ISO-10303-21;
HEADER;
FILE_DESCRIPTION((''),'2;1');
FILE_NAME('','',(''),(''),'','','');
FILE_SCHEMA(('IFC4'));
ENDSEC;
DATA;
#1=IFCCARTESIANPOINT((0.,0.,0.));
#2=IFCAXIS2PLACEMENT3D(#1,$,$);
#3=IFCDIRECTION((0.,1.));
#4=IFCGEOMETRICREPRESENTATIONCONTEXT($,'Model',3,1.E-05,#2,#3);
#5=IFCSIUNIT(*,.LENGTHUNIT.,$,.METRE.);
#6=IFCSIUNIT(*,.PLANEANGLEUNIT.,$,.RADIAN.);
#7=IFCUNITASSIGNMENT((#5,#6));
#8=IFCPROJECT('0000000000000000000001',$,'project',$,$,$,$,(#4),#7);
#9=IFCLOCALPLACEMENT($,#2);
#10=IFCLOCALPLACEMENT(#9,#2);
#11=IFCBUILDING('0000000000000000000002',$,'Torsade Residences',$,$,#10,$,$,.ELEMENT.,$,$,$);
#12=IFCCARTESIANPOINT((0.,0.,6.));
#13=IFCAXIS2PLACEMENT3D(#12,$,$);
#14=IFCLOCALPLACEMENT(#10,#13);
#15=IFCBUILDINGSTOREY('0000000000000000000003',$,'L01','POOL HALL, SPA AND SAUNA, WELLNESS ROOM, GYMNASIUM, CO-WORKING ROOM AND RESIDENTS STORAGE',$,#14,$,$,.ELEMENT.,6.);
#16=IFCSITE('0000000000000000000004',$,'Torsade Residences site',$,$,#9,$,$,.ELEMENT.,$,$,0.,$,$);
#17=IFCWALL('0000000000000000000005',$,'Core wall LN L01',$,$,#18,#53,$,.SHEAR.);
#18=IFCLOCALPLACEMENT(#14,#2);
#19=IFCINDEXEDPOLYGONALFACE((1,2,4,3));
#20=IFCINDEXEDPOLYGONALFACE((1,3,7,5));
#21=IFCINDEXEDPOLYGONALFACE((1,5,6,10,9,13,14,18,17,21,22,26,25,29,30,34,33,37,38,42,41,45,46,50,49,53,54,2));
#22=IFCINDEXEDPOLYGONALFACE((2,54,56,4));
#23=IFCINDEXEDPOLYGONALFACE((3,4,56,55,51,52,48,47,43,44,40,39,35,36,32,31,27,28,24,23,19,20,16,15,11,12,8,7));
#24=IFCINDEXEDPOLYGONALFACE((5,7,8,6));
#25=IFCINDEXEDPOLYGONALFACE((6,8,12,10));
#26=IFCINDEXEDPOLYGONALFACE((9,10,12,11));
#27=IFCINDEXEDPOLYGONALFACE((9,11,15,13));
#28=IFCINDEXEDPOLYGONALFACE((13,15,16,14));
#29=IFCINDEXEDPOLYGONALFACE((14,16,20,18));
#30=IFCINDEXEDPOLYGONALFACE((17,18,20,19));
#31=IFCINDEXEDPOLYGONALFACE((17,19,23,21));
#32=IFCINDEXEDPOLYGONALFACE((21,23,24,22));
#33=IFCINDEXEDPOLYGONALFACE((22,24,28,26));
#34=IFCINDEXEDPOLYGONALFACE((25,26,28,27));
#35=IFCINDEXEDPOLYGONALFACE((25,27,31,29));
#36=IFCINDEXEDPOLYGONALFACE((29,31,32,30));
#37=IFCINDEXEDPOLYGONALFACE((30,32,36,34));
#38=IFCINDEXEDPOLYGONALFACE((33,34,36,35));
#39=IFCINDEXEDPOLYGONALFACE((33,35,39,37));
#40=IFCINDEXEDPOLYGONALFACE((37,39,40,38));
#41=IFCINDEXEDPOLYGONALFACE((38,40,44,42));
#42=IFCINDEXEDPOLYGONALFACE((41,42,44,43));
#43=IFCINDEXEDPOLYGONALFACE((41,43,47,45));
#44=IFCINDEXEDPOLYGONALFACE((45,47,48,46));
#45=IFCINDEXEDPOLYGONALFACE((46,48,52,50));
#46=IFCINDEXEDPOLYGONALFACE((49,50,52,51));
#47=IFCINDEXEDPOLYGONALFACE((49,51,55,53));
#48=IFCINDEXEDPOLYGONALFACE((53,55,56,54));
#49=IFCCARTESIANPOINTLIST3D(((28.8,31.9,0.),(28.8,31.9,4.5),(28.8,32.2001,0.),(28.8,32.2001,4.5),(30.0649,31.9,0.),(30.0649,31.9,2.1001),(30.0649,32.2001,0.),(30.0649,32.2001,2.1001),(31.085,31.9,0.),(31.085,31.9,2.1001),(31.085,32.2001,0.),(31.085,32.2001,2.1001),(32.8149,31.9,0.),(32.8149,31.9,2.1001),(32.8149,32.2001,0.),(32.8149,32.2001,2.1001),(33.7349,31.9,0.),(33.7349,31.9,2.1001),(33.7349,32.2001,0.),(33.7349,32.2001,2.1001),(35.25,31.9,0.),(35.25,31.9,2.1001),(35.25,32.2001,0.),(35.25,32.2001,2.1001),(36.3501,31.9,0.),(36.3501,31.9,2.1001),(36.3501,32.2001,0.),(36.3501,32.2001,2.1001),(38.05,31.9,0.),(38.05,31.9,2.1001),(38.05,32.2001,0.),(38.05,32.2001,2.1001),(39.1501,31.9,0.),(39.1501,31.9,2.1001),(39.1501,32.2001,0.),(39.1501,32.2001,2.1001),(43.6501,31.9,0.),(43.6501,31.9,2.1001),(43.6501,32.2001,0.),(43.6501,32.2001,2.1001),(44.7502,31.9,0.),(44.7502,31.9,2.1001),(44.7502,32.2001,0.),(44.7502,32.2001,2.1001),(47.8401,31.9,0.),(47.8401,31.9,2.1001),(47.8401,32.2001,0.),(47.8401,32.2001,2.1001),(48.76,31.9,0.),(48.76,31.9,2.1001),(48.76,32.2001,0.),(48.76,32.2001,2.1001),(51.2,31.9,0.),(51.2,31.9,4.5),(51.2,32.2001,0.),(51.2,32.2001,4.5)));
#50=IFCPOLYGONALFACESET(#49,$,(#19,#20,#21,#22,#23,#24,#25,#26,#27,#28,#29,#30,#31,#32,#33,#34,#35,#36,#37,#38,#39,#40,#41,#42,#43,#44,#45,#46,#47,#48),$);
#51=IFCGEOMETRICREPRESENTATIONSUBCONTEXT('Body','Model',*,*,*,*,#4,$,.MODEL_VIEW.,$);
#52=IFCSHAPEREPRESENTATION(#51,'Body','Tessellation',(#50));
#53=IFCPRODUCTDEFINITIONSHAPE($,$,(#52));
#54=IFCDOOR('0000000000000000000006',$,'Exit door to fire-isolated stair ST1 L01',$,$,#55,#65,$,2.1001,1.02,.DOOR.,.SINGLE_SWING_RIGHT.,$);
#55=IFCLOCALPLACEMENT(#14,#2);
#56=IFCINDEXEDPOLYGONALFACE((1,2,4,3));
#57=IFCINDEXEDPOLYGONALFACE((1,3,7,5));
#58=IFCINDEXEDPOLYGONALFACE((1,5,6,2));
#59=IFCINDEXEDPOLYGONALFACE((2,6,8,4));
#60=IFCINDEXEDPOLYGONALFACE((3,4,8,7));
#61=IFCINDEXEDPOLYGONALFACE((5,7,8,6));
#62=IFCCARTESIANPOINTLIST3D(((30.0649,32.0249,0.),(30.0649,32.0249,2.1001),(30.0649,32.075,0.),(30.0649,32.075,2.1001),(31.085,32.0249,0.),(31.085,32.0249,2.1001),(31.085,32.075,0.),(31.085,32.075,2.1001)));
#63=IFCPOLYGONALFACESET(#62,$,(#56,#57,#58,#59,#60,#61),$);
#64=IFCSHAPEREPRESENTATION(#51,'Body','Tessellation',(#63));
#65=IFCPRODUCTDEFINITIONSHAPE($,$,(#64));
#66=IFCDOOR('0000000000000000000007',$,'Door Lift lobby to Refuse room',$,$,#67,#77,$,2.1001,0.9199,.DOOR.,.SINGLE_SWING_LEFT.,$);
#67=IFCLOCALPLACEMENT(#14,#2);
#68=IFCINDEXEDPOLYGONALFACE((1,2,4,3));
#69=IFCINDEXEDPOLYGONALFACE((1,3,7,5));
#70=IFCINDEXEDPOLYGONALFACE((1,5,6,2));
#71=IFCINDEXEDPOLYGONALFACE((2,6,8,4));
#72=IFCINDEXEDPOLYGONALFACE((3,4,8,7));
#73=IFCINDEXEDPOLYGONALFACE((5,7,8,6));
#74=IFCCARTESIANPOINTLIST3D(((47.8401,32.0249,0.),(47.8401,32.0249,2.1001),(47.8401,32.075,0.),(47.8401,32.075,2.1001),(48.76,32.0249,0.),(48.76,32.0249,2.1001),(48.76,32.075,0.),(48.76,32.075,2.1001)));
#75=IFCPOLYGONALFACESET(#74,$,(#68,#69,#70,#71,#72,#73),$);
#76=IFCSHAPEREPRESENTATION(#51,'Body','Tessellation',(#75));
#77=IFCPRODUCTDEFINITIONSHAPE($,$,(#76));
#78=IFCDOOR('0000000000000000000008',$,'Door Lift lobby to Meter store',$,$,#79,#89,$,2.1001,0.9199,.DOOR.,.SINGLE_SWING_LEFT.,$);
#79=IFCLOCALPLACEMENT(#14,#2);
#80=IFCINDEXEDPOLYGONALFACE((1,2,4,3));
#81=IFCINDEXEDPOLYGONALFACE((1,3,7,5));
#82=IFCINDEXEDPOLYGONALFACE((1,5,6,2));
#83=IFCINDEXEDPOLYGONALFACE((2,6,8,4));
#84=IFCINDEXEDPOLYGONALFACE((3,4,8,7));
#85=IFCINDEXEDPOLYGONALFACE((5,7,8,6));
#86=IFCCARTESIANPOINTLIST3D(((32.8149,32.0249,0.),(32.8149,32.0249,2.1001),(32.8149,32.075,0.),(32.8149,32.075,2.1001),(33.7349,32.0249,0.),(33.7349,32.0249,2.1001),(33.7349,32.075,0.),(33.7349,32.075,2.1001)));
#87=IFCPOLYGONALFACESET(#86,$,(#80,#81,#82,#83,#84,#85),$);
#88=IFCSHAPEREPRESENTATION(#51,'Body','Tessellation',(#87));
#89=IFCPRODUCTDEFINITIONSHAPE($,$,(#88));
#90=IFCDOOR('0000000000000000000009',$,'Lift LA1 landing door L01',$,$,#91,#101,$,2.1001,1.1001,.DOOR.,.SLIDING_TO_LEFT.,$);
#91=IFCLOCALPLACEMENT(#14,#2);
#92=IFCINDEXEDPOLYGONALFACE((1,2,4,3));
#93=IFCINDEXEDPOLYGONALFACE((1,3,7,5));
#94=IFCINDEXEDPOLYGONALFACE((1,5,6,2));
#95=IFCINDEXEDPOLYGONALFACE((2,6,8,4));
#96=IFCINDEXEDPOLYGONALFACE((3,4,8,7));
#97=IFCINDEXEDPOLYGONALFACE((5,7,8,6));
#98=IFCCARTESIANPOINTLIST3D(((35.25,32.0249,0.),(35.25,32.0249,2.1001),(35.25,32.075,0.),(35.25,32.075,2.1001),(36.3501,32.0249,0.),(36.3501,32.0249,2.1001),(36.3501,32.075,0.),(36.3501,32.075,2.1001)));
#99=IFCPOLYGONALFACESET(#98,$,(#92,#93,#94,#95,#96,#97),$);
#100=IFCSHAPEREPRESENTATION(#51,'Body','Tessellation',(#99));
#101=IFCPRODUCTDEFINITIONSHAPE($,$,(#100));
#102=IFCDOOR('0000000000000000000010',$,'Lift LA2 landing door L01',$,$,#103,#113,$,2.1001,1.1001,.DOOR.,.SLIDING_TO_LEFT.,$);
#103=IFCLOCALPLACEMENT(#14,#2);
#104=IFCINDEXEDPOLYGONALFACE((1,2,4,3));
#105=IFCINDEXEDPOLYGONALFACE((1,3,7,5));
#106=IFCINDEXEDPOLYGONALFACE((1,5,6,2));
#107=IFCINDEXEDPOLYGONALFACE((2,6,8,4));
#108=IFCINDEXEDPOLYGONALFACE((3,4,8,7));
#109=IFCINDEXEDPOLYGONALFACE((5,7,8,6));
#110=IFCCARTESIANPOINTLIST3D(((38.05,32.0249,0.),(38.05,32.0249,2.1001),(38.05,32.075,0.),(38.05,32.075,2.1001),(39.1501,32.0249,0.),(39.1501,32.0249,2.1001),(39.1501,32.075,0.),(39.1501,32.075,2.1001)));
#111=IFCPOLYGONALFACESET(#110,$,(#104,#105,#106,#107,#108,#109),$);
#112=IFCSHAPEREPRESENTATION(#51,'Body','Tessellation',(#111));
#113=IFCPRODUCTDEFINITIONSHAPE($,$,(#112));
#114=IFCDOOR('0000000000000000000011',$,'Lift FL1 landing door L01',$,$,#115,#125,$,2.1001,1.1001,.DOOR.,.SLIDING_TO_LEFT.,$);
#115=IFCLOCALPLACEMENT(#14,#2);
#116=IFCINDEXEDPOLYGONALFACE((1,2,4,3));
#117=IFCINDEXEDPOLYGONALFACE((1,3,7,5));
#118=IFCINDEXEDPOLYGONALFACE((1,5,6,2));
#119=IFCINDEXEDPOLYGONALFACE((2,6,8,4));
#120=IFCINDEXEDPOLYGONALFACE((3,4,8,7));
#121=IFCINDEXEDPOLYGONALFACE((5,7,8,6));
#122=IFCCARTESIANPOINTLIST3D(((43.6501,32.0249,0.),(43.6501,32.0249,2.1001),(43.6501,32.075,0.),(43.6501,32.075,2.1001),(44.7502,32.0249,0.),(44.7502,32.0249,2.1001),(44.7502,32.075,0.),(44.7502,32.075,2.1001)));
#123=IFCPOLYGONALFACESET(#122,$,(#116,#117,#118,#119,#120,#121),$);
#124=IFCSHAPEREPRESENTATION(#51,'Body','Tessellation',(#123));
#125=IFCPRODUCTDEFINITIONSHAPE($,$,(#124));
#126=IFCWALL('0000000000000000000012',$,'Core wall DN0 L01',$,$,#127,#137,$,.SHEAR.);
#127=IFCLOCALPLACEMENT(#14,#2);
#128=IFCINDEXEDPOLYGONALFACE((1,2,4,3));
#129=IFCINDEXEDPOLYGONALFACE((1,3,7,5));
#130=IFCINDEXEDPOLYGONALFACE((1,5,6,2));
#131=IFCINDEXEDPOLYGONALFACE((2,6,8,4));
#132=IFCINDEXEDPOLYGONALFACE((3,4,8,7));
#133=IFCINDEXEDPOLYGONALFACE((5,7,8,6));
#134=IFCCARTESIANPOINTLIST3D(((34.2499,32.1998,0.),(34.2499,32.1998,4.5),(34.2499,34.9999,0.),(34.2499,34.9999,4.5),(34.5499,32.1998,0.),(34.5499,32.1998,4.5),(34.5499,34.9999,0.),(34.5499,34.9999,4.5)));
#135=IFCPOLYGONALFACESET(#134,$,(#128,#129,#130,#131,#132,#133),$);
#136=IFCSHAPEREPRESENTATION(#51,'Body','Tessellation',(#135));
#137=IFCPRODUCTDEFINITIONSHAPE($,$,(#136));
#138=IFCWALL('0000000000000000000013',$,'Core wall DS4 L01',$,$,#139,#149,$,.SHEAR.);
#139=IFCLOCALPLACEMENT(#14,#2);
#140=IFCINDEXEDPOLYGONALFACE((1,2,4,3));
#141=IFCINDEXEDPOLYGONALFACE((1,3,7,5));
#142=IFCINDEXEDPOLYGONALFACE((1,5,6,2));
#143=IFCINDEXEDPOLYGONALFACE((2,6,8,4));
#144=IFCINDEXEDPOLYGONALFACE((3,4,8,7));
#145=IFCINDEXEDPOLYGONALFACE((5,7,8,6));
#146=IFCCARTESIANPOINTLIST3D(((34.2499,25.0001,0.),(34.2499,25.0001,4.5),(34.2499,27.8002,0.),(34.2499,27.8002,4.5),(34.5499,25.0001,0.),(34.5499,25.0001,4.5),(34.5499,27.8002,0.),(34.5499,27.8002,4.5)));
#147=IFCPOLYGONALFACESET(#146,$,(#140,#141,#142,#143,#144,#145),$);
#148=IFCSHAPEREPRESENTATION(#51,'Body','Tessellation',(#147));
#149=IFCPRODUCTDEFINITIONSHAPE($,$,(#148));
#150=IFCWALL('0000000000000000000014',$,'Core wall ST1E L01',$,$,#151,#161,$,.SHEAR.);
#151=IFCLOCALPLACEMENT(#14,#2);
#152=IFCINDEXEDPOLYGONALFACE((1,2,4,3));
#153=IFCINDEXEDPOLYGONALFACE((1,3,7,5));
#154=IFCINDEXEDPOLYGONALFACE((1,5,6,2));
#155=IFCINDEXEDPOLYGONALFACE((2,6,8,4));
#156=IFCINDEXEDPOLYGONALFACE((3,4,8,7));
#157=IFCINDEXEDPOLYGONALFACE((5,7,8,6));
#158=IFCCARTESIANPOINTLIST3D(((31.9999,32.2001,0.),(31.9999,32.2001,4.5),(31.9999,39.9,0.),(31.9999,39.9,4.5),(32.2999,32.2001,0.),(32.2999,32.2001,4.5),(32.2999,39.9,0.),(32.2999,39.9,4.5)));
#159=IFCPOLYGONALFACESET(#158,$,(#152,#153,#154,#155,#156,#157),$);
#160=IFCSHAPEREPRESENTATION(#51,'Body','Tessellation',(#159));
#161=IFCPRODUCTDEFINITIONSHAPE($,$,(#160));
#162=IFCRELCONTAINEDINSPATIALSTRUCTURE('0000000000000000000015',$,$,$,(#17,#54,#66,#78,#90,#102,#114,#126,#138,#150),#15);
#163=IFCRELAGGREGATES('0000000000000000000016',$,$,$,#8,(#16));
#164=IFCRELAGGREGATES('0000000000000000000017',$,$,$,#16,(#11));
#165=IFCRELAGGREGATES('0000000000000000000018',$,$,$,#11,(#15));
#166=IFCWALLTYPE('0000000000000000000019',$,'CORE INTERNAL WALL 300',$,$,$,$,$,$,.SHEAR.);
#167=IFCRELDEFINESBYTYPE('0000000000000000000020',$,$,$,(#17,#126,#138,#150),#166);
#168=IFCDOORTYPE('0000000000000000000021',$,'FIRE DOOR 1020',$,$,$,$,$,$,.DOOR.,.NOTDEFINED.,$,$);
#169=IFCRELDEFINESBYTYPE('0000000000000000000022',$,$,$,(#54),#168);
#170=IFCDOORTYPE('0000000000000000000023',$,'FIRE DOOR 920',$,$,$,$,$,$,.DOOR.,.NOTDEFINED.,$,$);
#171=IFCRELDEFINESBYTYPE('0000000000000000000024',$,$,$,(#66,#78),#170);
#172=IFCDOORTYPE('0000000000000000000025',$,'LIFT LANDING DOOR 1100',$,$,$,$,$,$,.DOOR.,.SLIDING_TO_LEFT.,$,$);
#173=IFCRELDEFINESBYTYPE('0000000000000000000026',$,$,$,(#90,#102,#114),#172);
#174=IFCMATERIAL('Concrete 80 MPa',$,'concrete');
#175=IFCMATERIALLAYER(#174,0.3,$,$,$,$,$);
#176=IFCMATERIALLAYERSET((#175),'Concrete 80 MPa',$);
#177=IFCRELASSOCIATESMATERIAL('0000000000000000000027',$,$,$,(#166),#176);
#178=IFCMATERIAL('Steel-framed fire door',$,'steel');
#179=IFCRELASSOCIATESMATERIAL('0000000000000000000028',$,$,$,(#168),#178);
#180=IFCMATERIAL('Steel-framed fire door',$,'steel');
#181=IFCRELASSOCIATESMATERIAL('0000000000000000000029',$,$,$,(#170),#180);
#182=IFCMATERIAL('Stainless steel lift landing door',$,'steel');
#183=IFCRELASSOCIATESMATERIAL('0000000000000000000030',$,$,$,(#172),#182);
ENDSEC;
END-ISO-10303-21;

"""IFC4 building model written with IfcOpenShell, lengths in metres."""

from ifc_helpers import new_model, si_unit, direction, frame, frame_2d, origin, place, context, subcontext, project, spatial, rectangle, extrude, material, layer, layer_set, type_object, element, fill, save


model = new_model("IFC4")

# Units and contexts
model_context = context("Model", 3, precision=1e-05, world=origin(), true_north=direction((0.0, 1.0)))
body_context = subcontext(model_context, "Body", "Model", "MODEL_VIEW")
ifc_project = project(units=[si_unit("LENGTHUNIT", "METRE"), si_unit("PLANEANGLEUNIT", "RADIAN")], contexts=[model_context])

# Site, building, storey
site_placement = place(None, origin())
site = spatial("IfcSite", under=ifc_project, at=site_placement, Name="Torsade Residences site", CompositionType="ELEMENT", RefElevation=0.0)
building_placement = place(site_placement, origin())
building = spatial("IfcBuilding", under=site, at=building_placement, Name="Torsade Residences", CompositionType="ELEMENT")
storey_placement = place(building_placement, frame((0.0, 0.0, 6.0)))
storey = spatial("IfcBuildingStorey", under=building, at=storey_placement, Name="L01", Description="POOL HALL, SPA AND SAUNA, WELLNESS ROOM, GYMNASIUM, CO-WORKING ROOM AND RESIDENTS STORAGE", CompositionType="ELEMENT", Elevation=6.0)

# Wall, openings, doors
ifc_material_1 = material(Name="Concrete 80 MPa", Category="concrete")
ifc_layer_1 = layer(ifc_material_1, 0.3)
ifc_layer_set_1 = layer_set([ifc_layer_1], Name="Concrete 80 MPa")
wall_type_1 = type_object("IfcWallType", Name="CORE INTERNAL WALL 300", PredefinedType="SHEAR", material=ifc_layer_set_1)
wall_1_placement = place(storey_placement, frame((28.8, 32.05, 0.0), z_axis=(0.0, 0.0, 1.0), x_axis=(1.0, 0.0, 0.0)))
wall_1 = element("IfcWall", 1, at=wall_1_placement, inside=storey, type_object=wall_type_1, Name="Core wall LN L01", PredefinedType="SHEAR", context=body_context, shape_type="SweptSolid", body=[
    extrude(rectangle(XDim=22.3999, YDim=0.3, at=frame_2d((11.2, 0.0))), origin(), (0.0, 0.0, 1.0), 4.5),
])
opening_1_placement = place(wall_1_placement, frame((19.04, 0.0, 0.0)))
opening_1 = element("IfcOpeningElement", 2, at=opening_1_placement, cuts=wall_1, PredefinedType="OPENING", context=body_context, shape_type="SweptSolid", body=[
    extrude(rectangle(XDim=0.9199, YDim=2.1001, at=frame_2d((0.46, 1.05))), frame((0.0, 0.1599, 0.0), z_axis=(0.0, -1.0, 0.0), x_axis=(1.0, 0.0, 0.0)), (0.0, 0.0, 1.0), 0.3201),
])
opening_2_placement = place(wall_1_placement, frame((1.2649, 0.0, 0.0)))
opening_2 = element("IfcOpeningElement", 3, at=opening_2_placement, cuts=wall_1, PredefinedType="OPENING", context=body_context, shape_type="SweptSolid", body=[
    extrude(rectangle(XDim=1.02, YDim=2.1001, at=frame_2d((0.51, 1.05))), frame((0.0, 0.1599, 0.0), z_axis=(0.0, -1.0, 0.0), x_axis=(1.0, 0.0, 0.0)), (0.0, 0.0, 1.0), 0.3201),
])
opening_3_placement = place(wall_1_placement, frame((4.0149, 0.0, 0.0)))
opening_3 = element("IfcOpeningElement", 4, at=opening_3_placement, cuts=wall_1, PredefinedType="OPENING", context=body_context, shape_type="SweptSolid", body=[
    extrude(rectangle(XDim=0.9199, YDim=2.1001, at=frame_2d((0.46, 1.05))), frame((0.0, 0.1599, 0.0), z_axis=(0.0, -1.0, 0.0), x_axis=(1.0, 0.0, 0.0)), (0.0, 0.0, 1.0), 0.3201),
])
opening_4_placement = place(wall_1_placement, frame((6.45, 0.0, 0.0)))
opening_4 = element("IfcOpeningElement", 5, at=opening_4_placement, cuts=wall_1, PredefinedType="OPENING", context=body_context, shape_type="SweptSolid", body=[
    extrude(rectangle(XDim=1.1001, YDim=2.1001, at=frame_2d((0.55, 1.05))), frame((0.0, 0.1599, 0.0), z_axis=(0.0, -1.0, 0.0), x_axis=(1.0, 0.0, 0.0)), (0.0, 0.0, 1.0), 0.3201),
])
opening_5_placement = place(wall_1_placement, frame((9.25, 0.0, 0.0)))
opening_5 = element("IfcOpeningElement", 6, at=opening_5_placement, cuts=wall_1, PredefinedType="OPENING", context=body_context, shape_type="SweptSolid", body=[
    extrude(rectangle(XDim=1.1001, YDim=2.1001, at=frame_2d((0.55, 1.05))), frame((0.0, 0.1599, 0.0), z_axis=(0.0, -1.0, 0.0), x_axis=(1.0, 0.0, 0.0)), (0.0, 0.0, 1.0), 0.3201),
])
opening_6_placement = place(wall_1_placement, frame((14.8501, 0.0, 0.0)))
opening_6 = element("IfcOpeningElement", 7, at=opening_6_placement, cuts=wall_1, PredefinedType="OPENING", context=body_context, shape_type="SweptSolid", body=[
    extrude(rectangle(XDim=1.1001, YDim=2.1001, at=frame_2d((0.55, 1.05))), frame((0.0, 0.1599, 0.0), z_axis=(0.0, -1.0, 0.0), x_axis=(1.0, 0.0, 0.0)), (0.0, 0.0, 1.0), 0.3201),
])
ifc_material_2 = material(Name="Steel-framed fire door", Category="steel")
door_type_1 = type_object("IfcDoorType", Name="FIRE DOOR 1020", OperationType="NOTDEFINED", PredefinedType="DOOR", material=ifc_material_2)
door_1_placement = place(opening_2_placement, origin())
door_1 = element("IfcDoor", 8, at=door_1_placement, inside=storey, type_object=door_type_1, Name="Exit door to fire-isolated stair ST1 L01", OperationType="SINGLE_SWING_RIGHT", OverallHeight=2.1001, OverallWidth=1.02, PredefinedType="DOOR", context=body_context, shape_type="SweptSolid", body=[
    extrude(rectangle(XDim=1.02, YDim=2.1001, at=frame_2d((0.51, 1.05))), frame((0.0, 0.0249, 0.0), z_axis=(0.0, -1.0, 0.0), x_axis=(1.0, 0.0, 0.0)), (0.0, 0.0, 1.0), 0.05),
])
fill(opening_2, door_1)
ifc_material_3 = material(Name="Steel-framed fire door", Category="steel")
door_type_2 = type_object("IfcDoorType", Name="FIRE DOOR 920", OperationType="NOTDEFINED", PredefinedType="DOOR", material=ifc_material_3)
door_2_placement = place(opening_1_placement, origin())
door_2 = element("IfcDoor", 9, at=door_2_placement, inside=storey, type_object=door_type_2, Name="Door Lift lobby to Refuse room", OperationType="SINGLE_SWING_LEFT", OverallHeight=2.1001, OverallWidth=0.9199, PredefinedType="DOOR", context=body_context, shape_type="SweptSolid", body=[
    extrude(rectangle(XDim=0.9199, YDim=2.1001, at=frame_2d((0.46, 1.05))), frame((0.0, 0.0249, 0.0), z_axis=(0.0, -1.0, 0.0), x_axis=(1.0, 0.0, 0.0)), (0.0, 0.0, 1.0), 0.05),
])
fill(opening_1, door_2)
door_3_placement = place(opening_3_placement, origin())
door_3 = element("IfcDoor", 10, at=door_3_placement, inside=storey, type_object=door_type_2, Name="Door Lift lobby to Meter store", OperationType="SINGLE_SWING_LEFT", OverallHeight=2.1001, OverallWidth=0.9199, PredefinedType="DOOR", context=body_context, shape_type="SweptSolid", body=[
    extrude(rectangle(XDim=0.9199, YDim=2.1001, at=frame_2d((0.46, 1.05))), frame((0.0, 0.0249, 0.0), z_axis=(0.0, -1.0, 0.0), x_axis=(1.0, 0.0, 0.0)), (0.0, 0.0, 1.0), 0.05),
])
fill(opening_3, door_3)
ifc_material_4 = material(Name="Stainless steel lift landing door", Category="steel")
door_type_3 = type_object("IfcDoorType", Name="LIFT LANDING DOOR 1100", OperationType="SLIDING_TO_LEFT", PredefinedType="DOOR", material=ifc_material_4)
door_4_placement = place(opening_4_placement, origin())
door_4 = element("IfcDoor", 11, at=door_4_placement, inside=storey, type_object=door_type_3, Name="Lift LA1 landing door L01", OperationType="SLIDING_TO_LEFT", OverallHeight=2.1001, OverallWidth=1.1001, PredefinedType="DOOR", context=body_context, shape_type="SweptSolid", body=[
    extrude(rectangle(XDim=1.1001, YDim=2.1001, at=frame_2d((0.55, 1.05))), frame((0.0, 0.0249, 0.0), z_axis=(0.0, -1.0, 0.0), x_axis=(1.0, 0.0, 0.0)), (0.0, 0.0, 1.0), 0.05),
])
fill(opening_4, door_4)
door_5_placement = place(opening_5_placement, origin())
door_5 = element("IfcDoor", 12, at=door_5_placement, inside=storey, type_object=door_type_3, Name="Lift LA2 landing door L01", OperationType="SLIDING_TO_LEFT", OverallHeight=2.1001, OverallWidth=1.1001, PredefinedType="DOOR", context=body_context, shape_type="SweptSolid", body=[
    extrude(rectangle(XDim=1.1001, YDim=2.1001, at=frame_2d((0.55, 1.05))), frame((0.0, 0.0249, 0.0), z_axis=(0.0, -1.0, 0.0), x_axis=(1.0, 0.0, 0.0)), (0.0, 0.0, 1.0), 0.05),
])
fill(opening_5, door_5)
door_6_placement = place(opening_6_placement, origin())
door_6 = element("IfcDoor", 13, at=door_6_placement, inside=storey, type_object=door_type_3, Name="Lift FL1 landing door L01", OperationType="SLIDING_TO_LEFT", OverallHeight=2.1001, OverallWidth=1.1001, PredefinedType="DOOR", context=body_context, shape_type="SweptSolid", body=[
    extrude(rectangle(XDim=1.1001, YDim=2.1001, at=frame_2d((0.55, 1.05))), frame((0.0, 0.0249, 0.0), z_axis=(0.0, -1.0, 0.0), x_axis=(1.0, 0.0, 0.0)), (0.0, 0.0, 1.0), 0.05),
])
fill(opening_6, door_6)

# Walls
for number, where, z_axis, x_axis, name in (
    (14, (34.3999, 32.2, 0.0), (0.0, 0.0, 1.0), (0.0, 1.0, 0.0), "Core wall DN0 L01"),
    (15, (34.3999, 27.8, 0.0), (0.0, 0.0, 1.0), (0.0, -1.0, 0.0), "Core wall DS4 L01"),
):
    element("IfcWall", number, at=place(storey_placement, frame(where, z_axis=z_axis, x_axis=x_axis)), inside=storey, type_object=wall_type_1, Name=name, PredefinedType="SHEAR", context=body_context, shape_type="SweptSolid", body=[
        extrude(rectangle(XDim=2.8, YDim=0.3, at=frame_2d((1.3999, 0.0))), origin(), (0.0, 0.0, 1.0), 4.5),
    ])
wall_2_placement = place(storey_placement, frame((32.1499, 32.2, 0.0), z_axis=(0.0, 0.0, 1.0), x_axis=(0.0, 1.0, 0.0)))
element("IfcWall", 16, at=wall_2_placement, inside=storey, type_object=wall_type_1, Name="Core wall ST1E L01", PredefinedType="SHEAR", context=body_context, shape_type="SweptSolid", body=[
    extrude(rectangle(XDim=7.7, YDim=0.3, at=frame_2d((3.8501, 0.0))), origin(), (0.0, 0.0, 1.0), 4.5),
])

save(model, "model.ifc")
